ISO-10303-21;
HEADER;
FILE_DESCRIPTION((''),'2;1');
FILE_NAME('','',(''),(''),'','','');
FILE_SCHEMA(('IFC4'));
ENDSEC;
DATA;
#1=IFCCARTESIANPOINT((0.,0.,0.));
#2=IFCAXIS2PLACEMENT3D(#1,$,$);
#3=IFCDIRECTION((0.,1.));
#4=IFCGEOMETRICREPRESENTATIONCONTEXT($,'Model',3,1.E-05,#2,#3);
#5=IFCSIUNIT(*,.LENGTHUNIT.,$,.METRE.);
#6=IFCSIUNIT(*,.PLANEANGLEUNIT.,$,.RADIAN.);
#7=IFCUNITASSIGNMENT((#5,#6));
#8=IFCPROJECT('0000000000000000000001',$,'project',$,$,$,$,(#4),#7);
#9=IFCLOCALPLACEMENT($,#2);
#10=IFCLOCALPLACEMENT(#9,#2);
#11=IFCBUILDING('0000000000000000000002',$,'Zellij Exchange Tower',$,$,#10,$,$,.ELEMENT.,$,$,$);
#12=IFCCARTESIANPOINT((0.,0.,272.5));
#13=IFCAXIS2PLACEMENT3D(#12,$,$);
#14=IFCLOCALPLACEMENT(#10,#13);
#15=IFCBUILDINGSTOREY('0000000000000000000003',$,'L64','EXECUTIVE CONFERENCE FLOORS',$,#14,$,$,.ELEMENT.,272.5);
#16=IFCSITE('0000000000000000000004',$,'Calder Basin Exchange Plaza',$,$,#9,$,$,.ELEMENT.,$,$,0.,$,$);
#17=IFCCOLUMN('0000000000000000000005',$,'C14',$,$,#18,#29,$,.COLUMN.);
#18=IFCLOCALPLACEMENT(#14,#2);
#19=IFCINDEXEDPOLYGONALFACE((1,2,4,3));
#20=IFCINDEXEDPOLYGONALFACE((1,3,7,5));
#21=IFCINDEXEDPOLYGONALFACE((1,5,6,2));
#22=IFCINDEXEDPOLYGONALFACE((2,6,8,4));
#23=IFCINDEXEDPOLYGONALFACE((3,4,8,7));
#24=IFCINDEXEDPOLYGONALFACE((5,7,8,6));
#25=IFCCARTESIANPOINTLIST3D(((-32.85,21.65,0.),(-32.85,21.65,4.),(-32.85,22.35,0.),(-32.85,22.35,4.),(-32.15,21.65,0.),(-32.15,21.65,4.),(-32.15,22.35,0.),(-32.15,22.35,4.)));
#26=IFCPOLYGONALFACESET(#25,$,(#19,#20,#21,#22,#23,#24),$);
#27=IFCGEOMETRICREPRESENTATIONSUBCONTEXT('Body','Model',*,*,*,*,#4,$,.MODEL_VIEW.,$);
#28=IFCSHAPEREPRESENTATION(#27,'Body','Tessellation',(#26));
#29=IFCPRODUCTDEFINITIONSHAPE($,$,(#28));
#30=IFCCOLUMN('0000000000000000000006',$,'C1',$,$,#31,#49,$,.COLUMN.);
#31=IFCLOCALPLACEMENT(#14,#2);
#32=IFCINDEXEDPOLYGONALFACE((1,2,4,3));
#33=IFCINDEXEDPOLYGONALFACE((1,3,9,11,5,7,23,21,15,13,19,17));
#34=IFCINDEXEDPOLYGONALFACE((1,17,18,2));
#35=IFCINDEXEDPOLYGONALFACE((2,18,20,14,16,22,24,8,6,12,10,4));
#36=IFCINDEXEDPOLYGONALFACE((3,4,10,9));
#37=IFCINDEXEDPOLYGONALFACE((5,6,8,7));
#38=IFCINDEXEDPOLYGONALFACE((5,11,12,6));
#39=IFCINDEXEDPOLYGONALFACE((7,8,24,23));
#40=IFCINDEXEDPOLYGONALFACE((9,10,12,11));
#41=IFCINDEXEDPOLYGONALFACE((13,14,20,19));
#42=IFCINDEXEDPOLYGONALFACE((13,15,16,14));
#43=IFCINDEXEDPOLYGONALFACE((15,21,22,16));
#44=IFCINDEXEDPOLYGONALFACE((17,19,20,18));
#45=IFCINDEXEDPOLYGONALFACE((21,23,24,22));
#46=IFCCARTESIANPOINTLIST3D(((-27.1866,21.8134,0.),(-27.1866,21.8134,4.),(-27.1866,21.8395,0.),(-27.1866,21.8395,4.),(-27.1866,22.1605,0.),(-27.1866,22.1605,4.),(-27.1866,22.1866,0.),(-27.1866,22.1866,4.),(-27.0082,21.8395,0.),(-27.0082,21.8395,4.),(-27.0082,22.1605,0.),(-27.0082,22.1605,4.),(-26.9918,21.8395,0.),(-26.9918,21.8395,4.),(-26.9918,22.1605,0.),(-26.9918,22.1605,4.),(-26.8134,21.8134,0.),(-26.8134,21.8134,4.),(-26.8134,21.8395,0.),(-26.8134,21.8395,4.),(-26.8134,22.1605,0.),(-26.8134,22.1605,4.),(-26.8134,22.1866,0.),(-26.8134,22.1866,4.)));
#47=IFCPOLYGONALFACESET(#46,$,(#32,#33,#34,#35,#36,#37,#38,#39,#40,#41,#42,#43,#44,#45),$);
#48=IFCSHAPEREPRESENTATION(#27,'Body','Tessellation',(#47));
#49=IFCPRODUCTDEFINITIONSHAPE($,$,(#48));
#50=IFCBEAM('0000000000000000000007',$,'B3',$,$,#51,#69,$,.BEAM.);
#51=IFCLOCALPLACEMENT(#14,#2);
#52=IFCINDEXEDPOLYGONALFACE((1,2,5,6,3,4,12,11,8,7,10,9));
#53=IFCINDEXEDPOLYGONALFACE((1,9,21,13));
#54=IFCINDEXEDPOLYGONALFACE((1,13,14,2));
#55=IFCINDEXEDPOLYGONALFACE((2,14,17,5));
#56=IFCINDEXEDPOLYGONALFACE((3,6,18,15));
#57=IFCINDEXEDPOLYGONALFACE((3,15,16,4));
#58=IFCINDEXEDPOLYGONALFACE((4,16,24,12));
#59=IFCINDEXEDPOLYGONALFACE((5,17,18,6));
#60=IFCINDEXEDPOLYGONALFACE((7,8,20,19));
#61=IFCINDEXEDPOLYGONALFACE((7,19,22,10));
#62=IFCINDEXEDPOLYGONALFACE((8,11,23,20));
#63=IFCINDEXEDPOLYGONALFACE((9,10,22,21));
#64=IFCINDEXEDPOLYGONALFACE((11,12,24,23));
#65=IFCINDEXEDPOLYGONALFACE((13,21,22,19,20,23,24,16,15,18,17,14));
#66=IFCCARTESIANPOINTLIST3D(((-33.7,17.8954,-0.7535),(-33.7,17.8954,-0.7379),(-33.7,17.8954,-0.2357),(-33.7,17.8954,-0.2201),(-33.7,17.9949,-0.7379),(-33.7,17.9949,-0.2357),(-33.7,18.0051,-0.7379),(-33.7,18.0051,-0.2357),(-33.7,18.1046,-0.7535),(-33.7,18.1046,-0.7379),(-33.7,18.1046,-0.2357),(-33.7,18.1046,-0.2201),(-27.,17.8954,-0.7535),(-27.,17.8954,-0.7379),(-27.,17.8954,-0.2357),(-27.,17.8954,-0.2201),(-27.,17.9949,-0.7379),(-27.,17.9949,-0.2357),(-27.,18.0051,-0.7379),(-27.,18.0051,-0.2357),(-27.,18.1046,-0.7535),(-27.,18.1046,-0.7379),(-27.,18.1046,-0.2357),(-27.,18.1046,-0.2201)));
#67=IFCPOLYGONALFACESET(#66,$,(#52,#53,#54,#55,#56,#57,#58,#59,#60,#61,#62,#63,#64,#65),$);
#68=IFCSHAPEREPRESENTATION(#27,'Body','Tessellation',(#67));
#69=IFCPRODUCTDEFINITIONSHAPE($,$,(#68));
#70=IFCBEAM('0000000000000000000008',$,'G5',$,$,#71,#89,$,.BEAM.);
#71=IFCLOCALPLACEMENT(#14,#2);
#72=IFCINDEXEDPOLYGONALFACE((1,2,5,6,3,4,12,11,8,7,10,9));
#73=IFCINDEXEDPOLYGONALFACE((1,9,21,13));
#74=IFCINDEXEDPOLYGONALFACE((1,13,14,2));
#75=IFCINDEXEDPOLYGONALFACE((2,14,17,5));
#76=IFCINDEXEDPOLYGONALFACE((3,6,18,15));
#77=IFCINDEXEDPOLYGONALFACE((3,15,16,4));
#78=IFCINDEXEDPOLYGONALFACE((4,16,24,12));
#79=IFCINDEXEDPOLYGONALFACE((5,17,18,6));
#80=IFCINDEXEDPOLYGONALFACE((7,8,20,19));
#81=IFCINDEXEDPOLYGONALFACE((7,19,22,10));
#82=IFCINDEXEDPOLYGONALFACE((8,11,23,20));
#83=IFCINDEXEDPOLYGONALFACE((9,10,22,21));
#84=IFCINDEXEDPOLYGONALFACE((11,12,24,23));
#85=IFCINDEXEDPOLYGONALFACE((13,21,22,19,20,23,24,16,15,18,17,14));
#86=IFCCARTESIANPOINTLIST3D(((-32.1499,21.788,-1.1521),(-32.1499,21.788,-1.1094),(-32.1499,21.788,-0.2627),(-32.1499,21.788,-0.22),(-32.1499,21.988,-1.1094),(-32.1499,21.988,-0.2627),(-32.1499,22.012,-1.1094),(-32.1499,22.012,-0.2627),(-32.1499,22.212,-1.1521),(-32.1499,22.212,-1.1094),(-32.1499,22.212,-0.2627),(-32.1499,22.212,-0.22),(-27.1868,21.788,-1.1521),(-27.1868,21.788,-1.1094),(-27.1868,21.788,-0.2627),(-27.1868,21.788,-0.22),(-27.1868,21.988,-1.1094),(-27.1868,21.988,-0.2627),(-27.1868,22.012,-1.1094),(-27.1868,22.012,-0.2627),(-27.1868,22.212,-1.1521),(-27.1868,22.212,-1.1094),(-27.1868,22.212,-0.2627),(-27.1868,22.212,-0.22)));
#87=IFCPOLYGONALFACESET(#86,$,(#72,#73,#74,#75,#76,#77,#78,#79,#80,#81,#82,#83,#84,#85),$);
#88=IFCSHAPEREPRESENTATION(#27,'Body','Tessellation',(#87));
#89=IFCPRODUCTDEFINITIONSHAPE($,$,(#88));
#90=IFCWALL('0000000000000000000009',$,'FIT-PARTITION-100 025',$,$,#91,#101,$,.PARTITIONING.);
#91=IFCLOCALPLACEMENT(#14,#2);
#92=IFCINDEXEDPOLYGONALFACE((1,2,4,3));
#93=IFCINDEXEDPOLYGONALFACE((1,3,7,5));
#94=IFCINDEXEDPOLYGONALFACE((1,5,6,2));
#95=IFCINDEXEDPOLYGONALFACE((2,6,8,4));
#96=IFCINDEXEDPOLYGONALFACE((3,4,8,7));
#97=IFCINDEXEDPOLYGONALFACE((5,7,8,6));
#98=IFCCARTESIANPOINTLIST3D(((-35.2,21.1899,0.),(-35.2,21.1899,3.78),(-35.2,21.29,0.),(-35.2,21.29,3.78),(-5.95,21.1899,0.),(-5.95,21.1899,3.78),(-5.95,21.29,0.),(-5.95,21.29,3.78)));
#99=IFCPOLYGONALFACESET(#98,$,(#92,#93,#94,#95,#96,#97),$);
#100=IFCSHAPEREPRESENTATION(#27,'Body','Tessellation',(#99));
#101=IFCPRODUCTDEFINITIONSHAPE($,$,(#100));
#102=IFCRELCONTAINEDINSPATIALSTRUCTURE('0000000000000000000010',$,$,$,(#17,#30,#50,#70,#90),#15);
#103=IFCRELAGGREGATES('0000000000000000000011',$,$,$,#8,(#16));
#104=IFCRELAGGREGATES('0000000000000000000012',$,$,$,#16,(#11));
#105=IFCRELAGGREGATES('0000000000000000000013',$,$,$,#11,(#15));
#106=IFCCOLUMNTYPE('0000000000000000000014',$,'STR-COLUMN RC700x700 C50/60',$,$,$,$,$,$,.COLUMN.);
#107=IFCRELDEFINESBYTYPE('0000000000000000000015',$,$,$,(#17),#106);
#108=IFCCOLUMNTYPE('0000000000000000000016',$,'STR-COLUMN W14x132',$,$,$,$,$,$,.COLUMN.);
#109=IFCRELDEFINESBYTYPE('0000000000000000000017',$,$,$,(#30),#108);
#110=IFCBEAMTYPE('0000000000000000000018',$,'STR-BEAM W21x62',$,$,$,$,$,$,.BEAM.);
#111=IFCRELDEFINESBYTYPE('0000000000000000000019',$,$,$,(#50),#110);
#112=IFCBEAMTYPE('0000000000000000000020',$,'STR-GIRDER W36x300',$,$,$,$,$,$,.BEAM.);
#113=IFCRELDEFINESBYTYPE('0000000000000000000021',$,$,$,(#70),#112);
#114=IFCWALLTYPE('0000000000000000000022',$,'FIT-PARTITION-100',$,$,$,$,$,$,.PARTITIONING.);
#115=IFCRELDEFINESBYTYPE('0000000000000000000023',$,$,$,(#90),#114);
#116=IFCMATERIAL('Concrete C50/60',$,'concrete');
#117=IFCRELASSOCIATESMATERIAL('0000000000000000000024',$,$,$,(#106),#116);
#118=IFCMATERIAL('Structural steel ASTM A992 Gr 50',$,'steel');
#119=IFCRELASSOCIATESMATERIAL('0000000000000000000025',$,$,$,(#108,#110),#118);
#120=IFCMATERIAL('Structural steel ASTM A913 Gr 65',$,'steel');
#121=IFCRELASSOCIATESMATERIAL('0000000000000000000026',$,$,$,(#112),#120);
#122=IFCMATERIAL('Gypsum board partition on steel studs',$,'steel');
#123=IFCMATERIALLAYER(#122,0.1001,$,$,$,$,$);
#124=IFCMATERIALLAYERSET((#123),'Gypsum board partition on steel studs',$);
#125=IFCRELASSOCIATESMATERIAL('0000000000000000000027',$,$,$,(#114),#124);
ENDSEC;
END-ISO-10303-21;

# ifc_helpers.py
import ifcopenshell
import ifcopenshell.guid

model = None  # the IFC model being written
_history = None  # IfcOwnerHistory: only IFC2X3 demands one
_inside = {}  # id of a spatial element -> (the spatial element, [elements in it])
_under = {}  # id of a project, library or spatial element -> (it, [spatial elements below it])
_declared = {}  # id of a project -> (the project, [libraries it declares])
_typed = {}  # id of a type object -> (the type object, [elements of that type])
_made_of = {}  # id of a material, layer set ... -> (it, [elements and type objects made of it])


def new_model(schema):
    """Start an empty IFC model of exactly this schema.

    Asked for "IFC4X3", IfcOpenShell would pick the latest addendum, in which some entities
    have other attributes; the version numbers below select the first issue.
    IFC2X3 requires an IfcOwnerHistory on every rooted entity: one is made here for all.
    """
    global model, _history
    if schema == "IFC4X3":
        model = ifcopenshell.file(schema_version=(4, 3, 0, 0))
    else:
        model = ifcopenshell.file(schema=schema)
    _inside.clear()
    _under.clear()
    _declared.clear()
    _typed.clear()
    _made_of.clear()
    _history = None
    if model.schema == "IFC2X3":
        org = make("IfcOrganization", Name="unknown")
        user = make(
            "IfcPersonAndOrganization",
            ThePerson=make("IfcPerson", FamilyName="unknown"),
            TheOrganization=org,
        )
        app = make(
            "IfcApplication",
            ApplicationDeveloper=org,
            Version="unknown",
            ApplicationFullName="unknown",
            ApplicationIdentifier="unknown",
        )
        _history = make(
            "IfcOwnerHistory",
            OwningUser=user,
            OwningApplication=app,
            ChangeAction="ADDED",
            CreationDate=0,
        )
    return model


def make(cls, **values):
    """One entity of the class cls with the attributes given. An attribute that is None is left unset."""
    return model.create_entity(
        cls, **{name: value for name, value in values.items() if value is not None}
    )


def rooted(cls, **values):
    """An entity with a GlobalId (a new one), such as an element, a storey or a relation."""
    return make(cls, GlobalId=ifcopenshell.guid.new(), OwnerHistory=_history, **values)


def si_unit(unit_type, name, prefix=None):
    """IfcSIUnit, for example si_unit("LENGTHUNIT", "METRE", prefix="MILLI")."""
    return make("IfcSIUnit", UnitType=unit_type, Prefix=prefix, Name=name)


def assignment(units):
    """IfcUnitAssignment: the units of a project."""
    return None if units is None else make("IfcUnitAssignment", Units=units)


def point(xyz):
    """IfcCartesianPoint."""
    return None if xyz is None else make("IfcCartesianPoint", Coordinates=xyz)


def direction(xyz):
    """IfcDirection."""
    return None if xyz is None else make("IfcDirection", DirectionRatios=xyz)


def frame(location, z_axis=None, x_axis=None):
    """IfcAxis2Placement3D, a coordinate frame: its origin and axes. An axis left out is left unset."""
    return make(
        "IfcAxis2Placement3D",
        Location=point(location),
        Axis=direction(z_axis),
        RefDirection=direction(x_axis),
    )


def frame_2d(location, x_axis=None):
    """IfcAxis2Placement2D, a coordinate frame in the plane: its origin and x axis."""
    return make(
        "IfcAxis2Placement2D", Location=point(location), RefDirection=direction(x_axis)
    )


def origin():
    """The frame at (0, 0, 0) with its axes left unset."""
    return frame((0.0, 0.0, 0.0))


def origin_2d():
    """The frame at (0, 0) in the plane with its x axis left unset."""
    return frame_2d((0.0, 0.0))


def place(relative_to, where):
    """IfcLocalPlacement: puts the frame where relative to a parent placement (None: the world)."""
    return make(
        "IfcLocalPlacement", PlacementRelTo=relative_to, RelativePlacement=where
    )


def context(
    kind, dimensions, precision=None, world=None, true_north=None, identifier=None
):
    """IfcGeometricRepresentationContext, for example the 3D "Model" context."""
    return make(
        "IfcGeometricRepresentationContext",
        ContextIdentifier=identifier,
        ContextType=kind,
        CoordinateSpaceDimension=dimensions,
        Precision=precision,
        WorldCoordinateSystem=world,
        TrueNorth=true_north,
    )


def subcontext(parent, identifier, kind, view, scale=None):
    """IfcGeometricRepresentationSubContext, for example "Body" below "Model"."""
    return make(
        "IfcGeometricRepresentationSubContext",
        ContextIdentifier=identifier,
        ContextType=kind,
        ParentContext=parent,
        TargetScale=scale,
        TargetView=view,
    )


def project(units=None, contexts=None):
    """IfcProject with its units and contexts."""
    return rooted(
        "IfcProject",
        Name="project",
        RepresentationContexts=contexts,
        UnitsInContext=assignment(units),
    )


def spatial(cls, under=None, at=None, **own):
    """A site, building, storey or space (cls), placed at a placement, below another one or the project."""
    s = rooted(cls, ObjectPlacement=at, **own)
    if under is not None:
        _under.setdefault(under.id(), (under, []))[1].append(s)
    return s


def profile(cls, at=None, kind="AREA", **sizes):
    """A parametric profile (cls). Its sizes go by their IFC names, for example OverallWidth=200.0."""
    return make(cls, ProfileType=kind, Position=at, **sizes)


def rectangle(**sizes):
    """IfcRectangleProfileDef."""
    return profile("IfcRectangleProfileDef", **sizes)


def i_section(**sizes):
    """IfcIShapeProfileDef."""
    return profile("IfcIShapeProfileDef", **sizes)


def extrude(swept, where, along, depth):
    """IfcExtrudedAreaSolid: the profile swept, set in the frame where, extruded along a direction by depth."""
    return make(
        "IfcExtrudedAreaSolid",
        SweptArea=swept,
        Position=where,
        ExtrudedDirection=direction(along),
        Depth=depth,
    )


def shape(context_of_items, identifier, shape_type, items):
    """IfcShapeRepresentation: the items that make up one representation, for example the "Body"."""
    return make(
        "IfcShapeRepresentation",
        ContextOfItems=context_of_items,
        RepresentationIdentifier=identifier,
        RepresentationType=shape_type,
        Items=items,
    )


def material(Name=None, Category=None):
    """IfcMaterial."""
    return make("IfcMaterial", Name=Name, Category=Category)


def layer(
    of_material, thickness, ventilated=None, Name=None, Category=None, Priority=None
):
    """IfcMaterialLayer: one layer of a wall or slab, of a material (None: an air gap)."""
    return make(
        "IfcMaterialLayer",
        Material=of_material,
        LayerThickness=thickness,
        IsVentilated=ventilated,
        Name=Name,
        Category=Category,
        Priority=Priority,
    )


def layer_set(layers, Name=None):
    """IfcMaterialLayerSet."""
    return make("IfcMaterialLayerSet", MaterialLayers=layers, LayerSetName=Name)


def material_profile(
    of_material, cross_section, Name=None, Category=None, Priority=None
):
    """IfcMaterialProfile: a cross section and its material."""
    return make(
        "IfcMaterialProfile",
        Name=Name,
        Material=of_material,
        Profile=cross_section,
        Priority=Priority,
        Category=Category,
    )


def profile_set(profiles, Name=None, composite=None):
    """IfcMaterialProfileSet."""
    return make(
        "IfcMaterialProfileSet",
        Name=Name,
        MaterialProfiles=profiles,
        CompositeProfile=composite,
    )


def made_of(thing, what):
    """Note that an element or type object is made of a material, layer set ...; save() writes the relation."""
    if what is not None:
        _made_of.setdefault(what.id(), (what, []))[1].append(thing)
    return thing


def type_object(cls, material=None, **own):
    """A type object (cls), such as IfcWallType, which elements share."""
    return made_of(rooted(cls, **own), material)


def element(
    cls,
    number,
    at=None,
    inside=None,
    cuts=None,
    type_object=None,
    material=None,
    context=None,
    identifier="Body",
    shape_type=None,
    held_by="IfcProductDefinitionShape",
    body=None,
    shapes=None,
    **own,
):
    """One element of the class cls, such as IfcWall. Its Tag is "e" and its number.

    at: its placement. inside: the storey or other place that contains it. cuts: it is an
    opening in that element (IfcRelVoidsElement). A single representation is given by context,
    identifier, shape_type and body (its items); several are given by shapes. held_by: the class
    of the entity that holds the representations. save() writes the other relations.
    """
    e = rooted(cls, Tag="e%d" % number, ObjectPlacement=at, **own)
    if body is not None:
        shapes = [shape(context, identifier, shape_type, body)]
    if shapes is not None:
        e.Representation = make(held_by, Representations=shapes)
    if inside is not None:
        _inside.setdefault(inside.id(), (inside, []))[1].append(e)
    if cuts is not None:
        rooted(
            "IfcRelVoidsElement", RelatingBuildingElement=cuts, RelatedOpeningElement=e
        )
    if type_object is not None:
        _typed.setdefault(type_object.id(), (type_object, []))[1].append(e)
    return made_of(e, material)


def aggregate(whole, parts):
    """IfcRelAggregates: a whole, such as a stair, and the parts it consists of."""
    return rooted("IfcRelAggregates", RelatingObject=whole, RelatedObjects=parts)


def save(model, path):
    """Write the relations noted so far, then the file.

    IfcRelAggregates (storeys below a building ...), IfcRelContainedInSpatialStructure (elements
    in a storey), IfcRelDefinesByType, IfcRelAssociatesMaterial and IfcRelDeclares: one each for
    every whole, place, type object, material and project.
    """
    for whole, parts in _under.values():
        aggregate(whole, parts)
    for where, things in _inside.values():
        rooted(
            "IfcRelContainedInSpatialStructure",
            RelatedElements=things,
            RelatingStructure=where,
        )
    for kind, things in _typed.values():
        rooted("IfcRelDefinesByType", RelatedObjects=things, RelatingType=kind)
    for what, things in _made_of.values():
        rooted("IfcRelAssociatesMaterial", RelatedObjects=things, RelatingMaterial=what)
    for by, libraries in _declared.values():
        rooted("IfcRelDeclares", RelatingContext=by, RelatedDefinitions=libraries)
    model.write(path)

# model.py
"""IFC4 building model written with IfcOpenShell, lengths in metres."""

from ifc_helpers import new_model, si_unit, direction, frame, frame_2d, origin, origin_2d, place, context, subcontext, project, spatial, rectangle, i_section, extrude, material, layer, layer_set, material_profile, profile_set, type_object, element, save


model = new_model("IFC4")

# Units and contexts
model_context = context("Model", 3, precision=1e-05, world=origin(), true_north=direction((0.0, 1.0)))
body_context = subcontext(model_context, "Body", "Model", "MODEL_VIEW")
ifc_project = project(units=[si_unit("LENGTHUNIT", "METRE"), si_unit("PLANEANGLEUNIT", "RADIAN")], contexts=[model_context])

# Site, building, storey
site_placement = place(None, origin())
site = spatial("IfcSite", under=ifc_project, at=site_placement, Name="Calder Basin Exchange Plaza", CompositionType="ELEMENT", RefElevation=0.0)
building_placement = place(site_placement, origin())
building = spatial("IfcBuilding", under=site, at=building_placement, Name="Zellij Exchange Tower", CompositionType="ELEMENT")
storey_placement = place(building_placement, frame((0.0, 0.0, 272.5)))
storey = spatial("IfcBuildingStorey", under=building, at=storey_placement, Name="L64", Description="EXECUTIVE CONFERENCE FLOORS", CompositionType="ELEMENT", Elevation=272.5)

# Columns
ifc_material_1 = material(Name="Concrete C50/60", Category="concrete")
ifc_material_profile_1 = material_profile(ifc_material_1, rectangle(XDim=0.7, YDim=0.7, at=origin_2d()), Name="STR-COLUMN RC700x700 C50/60")
ifc_profile_set_1 = profile_set([ifc_material_profile_1], Name="Concrete C50/60")
column_type_1 = type_object("IfcColumnType", Name="STR-COLUMN RC700x700 C50/60", PredefinedType="COLUMN", material=ifc_profile_set_1)
column_1_placement = place(storey_placement, frame((-32.5, 22.0, 0.0), z_axis=(0.0, 0.0, 1.0), x_axis=(1.0, 0.0, 0.0)))
element("IfcColumn", 1, at=column_1_placement, inside=storey, type_object=column_type_1, Name="C14", PredefinedType="COLUMN", context=body_context, shape_type="SweptSolid", body=[
    extrude(rectangle(XDim=0.7, YDim=0.7, at=origin_2d()), origin(), (0.0, 0.0, 1.0), 4.0),
])
ifc_material_2 = material(Name="Structural steel ASTM A992 Gr 50", Category="steel")
ifc_material_profile_2 = material_profile(ifc_material_2, i_section(OverallWidth=0.3733, OverallDepth=0.3733, WebThickness=0.0164, FlangeThickness=0.0261, at=origin_2d()), Name="W14x132")
ifc_profile_set_2 = profile_set([ifc_material_profile_2], Name="Structural steel ASTM A992 Gr 50")
column_type_2 = type_object("IfcColumnType", Name="STR-COLUMN W14x132", PredefinedType="COLUMN", material=ifc_profile_set_2)
column_2_placement = place(storey_placement, frame((-27.0, 22.0, 0.0), z_axis=(0.0, 0.0, 1.0), x_axis=(1.0, 0.0, 0.0)))
element("IfcColumn", 2, at=column_2_placement, inside=storey, type_object=column_type_2, Name="C1", PredefinedType="COLUMN", context=body_context, shape_type="SweptSolid", body=[
    extrude(i_section(OverallWidth=0.3733, OverallDepth=0.3733, WebThickness=0.0164, FlangeThickness=0.0261, at=origin_2d()), origin(), (0.0, 0.0, 1.0), 4.0),
])

# Beams
ifc_material_profile_3 = material_profile(ifc_material_2, i_section(OverallWidth=0.2092, OverallDepth=0.5334, WebThickness=0.0103, FlangeThickness=0.0156, at=origin_2d()), Name="W21x62")
ifc_profile_set_3 = profile_set([ifc_material_profile_3], Name="Structural steel ASTM A992 Gr 50")
beam_type_1 = type_object("IfcBeamType", Name="STR-BEAM W21x62", PredefinedType="BEAM", material=ifc_profile_set_3)
beam_1_placement = place(storey_placement, frame((-33.7, 18.0, -0.4868), z_axis=(1.0, 0.0, 0.0), x_axis=(0.0, 1.0, 0.0)))
element("IfcBeam", 3, at=beam_1_placement, inside=storey, type_object=beam_type_1, Name="B3", PredefinedType="BEAM", context=body_context, shape_type="SweptSolid", body=[
    extrude(i_section(OverallWidth=0.2092, OverallDepth=0.5334, WebThickness=0.0103, FlangeThickness=0.0156, at=origin_2d()), origin(), (0.0, 0.0, 1.0), 6.7),
])
ifc_material_3 = material(Name="Structural steel ASTM A913 Gr 65", Category="steel")
ifc_material_profile_4 = material_profile(ifc_material_3, i_section(OverallWidth=0.4241, OverallDepth=0.9321, WebThickness=0.0239, FlangeThickness=0.0427, at=origin_2d()), Name="W36x300")
ifc_profile_set_4 = profile_set([ifc_material_profile_4], Name="Structural steel ASTM A913 Gr 65")
beam_type_2 = type_object("IfcBeamType", Name="STR-GIRDER W36x300", PredefinedType="BEAM", material=ifc_profile_set_4)
beam_2_placement = place(storey_placement, frame((-32.1499, 22.0, -0.686), z_axis=(1.0, 0.0, 0.0), x_axis=(0.0, 1.0, 0.0)))
element("IfcBeam", 4, at=beam_2_placement, inside=storey, type_object=beam_type_2, Name="G5", PredefinedType="BEAM", context=body_context, shape_type="SweptSolid", body=[
    extrude(i_section(OverallWidth=0.4241, OverallDepth=0.9321, WebThickness=0.0239, FlangeThickness=0.0427, at=origin_2d()), origin(), (0.0, 0.0, 1.0), 4.9631),
])

# Wall
ifc_material_4 = material(Name="Gypsum board partition on steel studs", Category="steel")
ifc_layer_1 = layer(ifc_material_4, 0.1001)
ifc_layer_set_1 = layer_set([ifc_layer_1], Name="Gypsum board partition on steel studs")
wall_type = type_object("IfcWallType", Name="FIT-PARTITION-100", PredefinedType="PARTITIONING", material=ifc_layer_set_1)
wall_1_placement = place(storey_placement, frame((-35.2, 21.24, 0.0), z_axis=(0.0, 0.0, 1.0), x_axis=(1.0, 0.0, 0.0)))
element("IfcWall", 5, at=wall_1_placement, inside=storey, type_object=wall_type, Name="FIT-PARTITION-100 025", PredefinedType="PARTITIONING", context=body_context, shape_type="SweptSolid", body=[
    extrude(rectangle(XDim=29.25, YDim=0.1001, at=frame_2d((14.625, 0.0))), origin(), (0.0, 0.0, 1.0), 3.78),
])

save(model, "model.ifc")
